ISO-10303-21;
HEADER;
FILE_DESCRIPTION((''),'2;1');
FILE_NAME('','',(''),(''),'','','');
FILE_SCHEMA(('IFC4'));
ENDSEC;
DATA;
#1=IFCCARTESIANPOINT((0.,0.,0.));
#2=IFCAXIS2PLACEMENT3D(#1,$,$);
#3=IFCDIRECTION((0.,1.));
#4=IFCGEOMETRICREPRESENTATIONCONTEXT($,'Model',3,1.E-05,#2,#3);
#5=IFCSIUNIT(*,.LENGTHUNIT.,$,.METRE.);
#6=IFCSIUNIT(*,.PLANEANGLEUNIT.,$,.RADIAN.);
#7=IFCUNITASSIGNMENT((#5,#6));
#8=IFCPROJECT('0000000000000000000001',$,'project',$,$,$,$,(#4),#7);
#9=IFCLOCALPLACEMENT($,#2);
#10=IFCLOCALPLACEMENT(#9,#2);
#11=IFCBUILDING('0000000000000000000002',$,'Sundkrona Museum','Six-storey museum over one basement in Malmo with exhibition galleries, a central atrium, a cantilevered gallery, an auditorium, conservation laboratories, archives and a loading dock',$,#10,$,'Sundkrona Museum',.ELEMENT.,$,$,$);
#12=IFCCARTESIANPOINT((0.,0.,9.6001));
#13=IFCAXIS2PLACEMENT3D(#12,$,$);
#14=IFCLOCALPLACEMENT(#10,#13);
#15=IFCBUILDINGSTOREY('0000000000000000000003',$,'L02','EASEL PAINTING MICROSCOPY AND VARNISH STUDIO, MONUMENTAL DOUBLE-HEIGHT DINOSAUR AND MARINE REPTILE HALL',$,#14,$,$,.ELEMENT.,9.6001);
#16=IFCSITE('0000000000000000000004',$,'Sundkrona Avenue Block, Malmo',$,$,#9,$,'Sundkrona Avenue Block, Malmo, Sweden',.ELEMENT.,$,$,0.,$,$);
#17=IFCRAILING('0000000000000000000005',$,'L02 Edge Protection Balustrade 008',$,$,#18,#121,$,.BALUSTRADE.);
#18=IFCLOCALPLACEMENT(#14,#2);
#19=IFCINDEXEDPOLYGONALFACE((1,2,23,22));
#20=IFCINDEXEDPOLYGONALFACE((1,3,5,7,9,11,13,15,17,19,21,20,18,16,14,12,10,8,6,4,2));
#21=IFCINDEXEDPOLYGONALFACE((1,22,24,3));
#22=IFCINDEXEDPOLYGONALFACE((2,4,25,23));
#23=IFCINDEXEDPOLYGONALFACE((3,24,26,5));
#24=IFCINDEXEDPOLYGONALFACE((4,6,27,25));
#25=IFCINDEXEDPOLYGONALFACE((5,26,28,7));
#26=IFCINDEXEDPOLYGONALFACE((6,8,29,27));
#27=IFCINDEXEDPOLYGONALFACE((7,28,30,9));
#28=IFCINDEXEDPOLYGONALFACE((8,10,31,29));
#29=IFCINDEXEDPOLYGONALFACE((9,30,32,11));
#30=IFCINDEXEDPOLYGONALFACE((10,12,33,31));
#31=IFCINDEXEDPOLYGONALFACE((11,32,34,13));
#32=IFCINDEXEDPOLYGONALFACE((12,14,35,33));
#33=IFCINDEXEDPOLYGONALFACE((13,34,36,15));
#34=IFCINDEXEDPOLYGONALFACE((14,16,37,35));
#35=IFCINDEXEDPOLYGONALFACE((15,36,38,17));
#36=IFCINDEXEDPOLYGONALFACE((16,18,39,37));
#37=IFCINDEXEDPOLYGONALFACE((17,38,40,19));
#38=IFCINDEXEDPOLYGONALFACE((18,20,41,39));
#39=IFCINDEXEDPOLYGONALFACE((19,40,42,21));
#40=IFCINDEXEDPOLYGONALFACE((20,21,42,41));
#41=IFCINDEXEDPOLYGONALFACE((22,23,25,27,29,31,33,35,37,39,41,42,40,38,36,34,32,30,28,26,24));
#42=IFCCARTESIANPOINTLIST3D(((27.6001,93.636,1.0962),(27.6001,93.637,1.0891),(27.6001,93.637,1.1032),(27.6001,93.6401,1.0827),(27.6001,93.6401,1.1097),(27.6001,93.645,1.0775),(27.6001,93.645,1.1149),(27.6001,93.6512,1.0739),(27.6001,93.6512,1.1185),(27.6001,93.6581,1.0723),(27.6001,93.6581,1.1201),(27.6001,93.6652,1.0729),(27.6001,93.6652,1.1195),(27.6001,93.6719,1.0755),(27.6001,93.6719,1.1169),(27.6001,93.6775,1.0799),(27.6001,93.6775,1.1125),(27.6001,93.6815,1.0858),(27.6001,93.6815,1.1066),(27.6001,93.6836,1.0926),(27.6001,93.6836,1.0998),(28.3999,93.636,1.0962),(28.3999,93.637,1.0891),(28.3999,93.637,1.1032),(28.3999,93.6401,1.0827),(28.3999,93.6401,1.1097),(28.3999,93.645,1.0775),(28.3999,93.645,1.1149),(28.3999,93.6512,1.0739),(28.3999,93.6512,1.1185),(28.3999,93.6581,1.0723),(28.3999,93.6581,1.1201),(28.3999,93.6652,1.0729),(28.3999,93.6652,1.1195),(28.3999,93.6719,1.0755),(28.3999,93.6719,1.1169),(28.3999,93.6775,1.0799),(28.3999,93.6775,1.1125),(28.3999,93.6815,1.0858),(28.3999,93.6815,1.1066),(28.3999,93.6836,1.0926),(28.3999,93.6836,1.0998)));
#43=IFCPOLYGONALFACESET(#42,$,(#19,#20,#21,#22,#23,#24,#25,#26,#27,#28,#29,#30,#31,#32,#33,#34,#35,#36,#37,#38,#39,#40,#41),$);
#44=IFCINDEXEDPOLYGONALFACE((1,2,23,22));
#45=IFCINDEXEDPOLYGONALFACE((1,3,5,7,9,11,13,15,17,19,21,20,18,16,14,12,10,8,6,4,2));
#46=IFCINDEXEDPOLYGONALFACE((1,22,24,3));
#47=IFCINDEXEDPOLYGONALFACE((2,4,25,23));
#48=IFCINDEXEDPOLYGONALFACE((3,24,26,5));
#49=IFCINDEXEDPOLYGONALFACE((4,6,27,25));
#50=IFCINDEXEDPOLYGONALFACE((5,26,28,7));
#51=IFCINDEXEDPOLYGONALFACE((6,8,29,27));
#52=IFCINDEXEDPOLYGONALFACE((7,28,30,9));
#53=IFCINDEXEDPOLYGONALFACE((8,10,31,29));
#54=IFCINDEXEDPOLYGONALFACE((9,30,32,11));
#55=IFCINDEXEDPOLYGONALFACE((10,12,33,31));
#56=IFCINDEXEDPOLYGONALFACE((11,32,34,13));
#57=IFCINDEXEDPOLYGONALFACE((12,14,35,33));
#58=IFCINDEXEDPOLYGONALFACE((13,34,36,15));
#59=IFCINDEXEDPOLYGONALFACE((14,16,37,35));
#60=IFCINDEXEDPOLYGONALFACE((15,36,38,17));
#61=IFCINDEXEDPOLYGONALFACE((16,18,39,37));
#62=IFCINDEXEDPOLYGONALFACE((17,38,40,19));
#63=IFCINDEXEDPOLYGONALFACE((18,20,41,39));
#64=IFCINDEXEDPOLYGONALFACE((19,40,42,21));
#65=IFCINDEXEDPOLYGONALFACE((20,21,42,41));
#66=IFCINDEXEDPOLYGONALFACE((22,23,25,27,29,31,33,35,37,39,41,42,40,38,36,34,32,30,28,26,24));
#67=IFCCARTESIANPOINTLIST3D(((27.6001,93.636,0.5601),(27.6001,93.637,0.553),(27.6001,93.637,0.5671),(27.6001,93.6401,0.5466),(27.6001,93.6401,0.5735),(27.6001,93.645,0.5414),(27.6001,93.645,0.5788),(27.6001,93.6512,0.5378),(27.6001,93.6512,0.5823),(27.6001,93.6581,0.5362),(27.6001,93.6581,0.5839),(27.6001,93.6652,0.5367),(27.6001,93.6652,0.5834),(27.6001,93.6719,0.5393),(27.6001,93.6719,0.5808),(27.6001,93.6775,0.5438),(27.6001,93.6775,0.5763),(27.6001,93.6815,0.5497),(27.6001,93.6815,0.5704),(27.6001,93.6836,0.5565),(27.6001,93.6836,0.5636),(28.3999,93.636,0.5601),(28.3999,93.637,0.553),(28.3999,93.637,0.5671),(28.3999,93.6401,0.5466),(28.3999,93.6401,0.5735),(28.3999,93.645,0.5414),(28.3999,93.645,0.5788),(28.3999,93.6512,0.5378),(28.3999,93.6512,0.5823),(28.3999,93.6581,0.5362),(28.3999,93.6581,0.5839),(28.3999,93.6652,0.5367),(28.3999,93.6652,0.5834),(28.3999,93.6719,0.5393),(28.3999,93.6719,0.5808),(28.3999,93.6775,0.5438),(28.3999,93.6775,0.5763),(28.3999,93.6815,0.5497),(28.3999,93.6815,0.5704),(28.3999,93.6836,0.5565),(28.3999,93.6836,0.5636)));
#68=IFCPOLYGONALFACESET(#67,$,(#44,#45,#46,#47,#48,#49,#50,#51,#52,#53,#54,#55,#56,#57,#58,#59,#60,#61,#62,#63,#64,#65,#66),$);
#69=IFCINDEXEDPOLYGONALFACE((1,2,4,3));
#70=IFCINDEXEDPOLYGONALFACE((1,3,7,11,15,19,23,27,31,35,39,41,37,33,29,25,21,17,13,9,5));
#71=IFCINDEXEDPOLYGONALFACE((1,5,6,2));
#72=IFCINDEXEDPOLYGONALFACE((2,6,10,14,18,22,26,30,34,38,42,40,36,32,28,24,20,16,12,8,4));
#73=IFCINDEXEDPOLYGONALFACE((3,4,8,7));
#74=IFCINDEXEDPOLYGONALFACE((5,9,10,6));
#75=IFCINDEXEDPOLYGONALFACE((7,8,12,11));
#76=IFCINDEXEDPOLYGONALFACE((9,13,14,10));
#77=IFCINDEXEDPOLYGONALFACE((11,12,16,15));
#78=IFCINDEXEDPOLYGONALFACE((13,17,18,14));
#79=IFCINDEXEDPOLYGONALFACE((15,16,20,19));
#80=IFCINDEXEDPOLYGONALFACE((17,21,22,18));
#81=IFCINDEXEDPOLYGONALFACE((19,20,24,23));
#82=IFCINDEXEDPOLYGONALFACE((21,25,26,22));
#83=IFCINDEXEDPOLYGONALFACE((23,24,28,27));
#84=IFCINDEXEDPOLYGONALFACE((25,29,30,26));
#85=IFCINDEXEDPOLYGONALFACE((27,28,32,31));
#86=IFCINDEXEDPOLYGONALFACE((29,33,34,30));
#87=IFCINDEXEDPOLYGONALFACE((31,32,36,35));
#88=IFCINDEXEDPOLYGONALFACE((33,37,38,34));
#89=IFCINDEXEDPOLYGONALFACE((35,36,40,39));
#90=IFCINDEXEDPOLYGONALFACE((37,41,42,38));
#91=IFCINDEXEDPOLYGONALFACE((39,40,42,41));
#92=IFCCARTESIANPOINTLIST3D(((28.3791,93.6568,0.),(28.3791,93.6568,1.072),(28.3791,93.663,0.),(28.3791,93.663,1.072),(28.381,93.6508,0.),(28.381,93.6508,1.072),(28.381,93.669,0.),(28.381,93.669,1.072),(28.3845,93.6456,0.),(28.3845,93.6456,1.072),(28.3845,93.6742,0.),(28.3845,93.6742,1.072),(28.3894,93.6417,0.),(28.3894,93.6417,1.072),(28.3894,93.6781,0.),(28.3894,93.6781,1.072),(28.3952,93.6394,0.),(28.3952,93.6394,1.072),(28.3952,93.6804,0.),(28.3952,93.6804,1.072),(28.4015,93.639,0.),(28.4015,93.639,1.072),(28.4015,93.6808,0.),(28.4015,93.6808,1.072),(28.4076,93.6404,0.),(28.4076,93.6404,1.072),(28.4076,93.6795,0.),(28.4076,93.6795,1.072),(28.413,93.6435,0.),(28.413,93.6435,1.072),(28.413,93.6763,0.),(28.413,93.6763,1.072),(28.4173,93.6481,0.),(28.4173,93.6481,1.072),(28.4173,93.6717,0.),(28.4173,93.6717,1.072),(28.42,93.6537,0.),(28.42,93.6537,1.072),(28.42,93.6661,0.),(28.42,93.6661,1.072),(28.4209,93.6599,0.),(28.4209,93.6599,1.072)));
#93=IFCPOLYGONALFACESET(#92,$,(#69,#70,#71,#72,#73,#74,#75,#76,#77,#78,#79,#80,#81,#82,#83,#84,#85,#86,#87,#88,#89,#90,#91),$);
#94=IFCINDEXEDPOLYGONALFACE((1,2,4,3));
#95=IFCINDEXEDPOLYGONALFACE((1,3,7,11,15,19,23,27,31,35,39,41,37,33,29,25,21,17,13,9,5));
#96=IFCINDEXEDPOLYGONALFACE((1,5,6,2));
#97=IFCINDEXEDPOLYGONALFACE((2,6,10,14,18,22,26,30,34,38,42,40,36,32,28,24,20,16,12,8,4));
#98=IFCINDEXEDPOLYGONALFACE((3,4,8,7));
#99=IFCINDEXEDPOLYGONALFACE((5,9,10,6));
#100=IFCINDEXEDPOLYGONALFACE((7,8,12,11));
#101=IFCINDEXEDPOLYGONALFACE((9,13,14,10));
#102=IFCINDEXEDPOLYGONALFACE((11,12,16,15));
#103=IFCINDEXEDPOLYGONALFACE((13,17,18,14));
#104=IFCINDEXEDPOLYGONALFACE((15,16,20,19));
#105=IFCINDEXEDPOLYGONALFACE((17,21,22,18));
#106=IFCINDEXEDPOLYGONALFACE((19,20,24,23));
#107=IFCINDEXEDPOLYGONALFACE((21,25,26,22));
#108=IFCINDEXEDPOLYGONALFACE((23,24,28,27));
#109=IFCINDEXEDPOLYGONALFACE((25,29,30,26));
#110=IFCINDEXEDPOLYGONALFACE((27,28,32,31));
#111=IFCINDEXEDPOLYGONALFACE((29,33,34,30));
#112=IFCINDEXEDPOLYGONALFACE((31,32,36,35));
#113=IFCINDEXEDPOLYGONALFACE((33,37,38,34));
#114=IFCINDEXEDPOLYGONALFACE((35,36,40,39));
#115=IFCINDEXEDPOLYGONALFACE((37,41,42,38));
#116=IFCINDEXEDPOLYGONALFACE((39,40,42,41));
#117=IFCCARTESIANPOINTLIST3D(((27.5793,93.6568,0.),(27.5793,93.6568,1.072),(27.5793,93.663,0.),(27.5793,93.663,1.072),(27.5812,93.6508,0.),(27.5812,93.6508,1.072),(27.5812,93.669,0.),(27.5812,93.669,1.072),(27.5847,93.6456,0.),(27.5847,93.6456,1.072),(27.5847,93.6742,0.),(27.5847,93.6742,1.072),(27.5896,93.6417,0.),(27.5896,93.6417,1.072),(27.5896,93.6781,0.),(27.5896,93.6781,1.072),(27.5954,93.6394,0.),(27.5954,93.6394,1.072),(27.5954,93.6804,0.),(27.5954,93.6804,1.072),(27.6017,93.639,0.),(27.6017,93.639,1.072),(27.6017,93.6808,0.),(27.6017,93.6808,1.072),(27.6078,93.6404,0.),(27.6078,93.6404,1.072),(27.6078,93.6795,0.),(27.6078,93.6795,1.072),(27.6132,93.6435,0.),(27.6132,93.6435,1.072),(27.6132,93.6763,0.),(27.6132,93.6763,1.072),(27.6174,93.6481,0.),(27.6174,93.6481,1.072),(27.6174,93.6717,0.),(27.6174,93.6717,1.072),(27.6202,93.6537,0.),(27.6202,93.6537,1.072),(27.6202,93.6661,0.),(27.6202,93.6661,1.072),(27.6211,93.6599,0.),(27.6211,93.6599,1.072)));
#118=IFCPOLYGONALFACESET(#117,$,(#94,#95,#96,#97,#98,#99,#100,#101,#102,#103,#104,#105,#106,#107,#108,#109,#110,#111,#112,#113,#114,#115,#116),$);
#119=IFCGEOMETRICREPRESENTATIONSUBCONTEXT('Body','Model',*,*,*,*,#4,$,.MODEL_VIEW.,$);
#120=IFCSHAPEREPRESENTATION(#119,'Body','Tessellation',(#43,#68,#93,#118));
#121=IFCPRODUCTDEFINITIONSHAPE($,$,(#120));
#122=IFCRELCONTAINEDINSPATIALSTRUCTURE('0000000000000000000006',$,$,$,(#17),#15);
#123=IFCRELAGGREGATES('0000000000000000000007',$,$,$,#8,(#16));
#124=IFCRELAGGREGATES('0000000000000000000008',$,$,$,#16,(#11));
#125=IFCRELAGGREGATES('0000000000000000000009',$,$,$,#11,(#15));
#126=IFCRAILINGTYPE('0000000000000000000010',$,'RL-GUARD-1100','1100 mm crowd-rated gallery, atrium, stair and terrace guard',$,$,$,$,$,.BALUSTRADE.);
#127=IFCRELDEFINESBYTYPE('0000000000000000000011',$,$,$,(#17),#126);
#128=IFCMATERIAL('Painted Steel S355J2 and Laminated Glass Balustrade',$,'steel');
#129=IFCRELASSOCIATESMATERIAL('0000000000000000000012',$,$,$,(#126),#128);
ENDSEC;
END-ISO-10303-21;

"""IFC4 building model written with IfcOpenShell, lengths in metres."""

from ifc_helpers import new_model, si_unit, direction, frame, origin, origin_2d, place, context, subcontext, project, spatial, circle, extrude, material, type_object, element, save


model = new_model("IFC4")

# Units and contexts
model_context = context("Model", 3, precision=1e-05, world=origin(), true_north=direction((0.0, 1.0)))
body_context = subcontext(model_context, "Body", "Model", "MODEL_VIEW")
ifc_project = project(units=[si_unit("LENGTHUNIT", "METRE"), si_unit("PLANEANGLEUNIT", "RADIAN")], contexts=[model_context])

# Site, building, storey
site_placement = place(None, origin())
site = spatial("IfcSite", under=ifc_project, at=site_placement, Name="Sundkrona Avenue Block, Malmo", LongName="Sundkrona Avenue Block, Malmo, Sweden", CompositionType="ELEMENT", RefElevation=0.0)
building_placement = place(site_placement, origin())
building = spatial("IfcBuilding", under=site, at=building_placement, Name="Sundkrona Museum", Description="Six-storey museum over one basement in Malmo with exhibition galleries, a central atrium, a cantilevered gallery, an auditorium, conservation laboratories, archives and a loading dock", LongName="Sundkrona Museum", CompositionType="ELEMENT")
storey_placement = place(building_placement, frame((0.0, 0.0, 9.6001)))
storey = spatial("IfcBuildingStorey", under=building, at=storey_placement, Name="L02", Description="EASEL PAINTING MICROSCOPY AND VARNISH STUDIO, MONUMENTAL DOUBLE-HEIGHT DINOSAUR AND MARINE REPTILE HALL", CompositionType="ELEMENT", Elevation=9.6001)

# Railing
ifc_material_1 = material(Name="Painted Steel S355J2 and Laminated Glass Balustrade", Category="steel")
railing_type = type_object("IfcRailingType", Name="RL-GUARD-1100", Description="1100 mm crowd-rated gallery, atrium, stair and terrace guard", PredefinedType="BALUSTRADE", material=ifc_material_1)
railing_1_placement = place(storey_placement, frame((28.3999, 93.6599, 0.0)))
element("IfcRailing", 1, at=railing_1_placement, inside=storey, type_object=railing_type, Name="L02 Edge Protection Balustrade 008", PredefinedType="BALUSTRADE", context=body_context, shape_type="SweptSolid", body=[
    extrude(circle(Radius=0.0239, at=origin_2d()), frame((0.0, 0.0, 1.0962), z_axis=(-1.0, 0.0, 0.0), x_axis=(0.0, -1.0, 0.0)), (0.0, 0.0, 1.0), 0.7998),
    extrude(circle(Radius=0.0239, at=origin_2d()), frame((0.0, 0.0, 0.5601), z_axis=(-1.0, 0.0, 0.0), x_axis=(0.0, -1.0, 0.0)), (0.0, 0.0, 1.0), 0.7998),
    extrude(circle(Radius=0.021, at=origin_2d()), origin(), (0.0, 0.0, 1.0), 1.072),
    extrude(circle(Radius=0.021, at=origin_2d()), frame((-0.7998, 0.0, 0.0)), (0.0, 0.0, 1.0), 1.072),
])

save(model, "model.ifc")
